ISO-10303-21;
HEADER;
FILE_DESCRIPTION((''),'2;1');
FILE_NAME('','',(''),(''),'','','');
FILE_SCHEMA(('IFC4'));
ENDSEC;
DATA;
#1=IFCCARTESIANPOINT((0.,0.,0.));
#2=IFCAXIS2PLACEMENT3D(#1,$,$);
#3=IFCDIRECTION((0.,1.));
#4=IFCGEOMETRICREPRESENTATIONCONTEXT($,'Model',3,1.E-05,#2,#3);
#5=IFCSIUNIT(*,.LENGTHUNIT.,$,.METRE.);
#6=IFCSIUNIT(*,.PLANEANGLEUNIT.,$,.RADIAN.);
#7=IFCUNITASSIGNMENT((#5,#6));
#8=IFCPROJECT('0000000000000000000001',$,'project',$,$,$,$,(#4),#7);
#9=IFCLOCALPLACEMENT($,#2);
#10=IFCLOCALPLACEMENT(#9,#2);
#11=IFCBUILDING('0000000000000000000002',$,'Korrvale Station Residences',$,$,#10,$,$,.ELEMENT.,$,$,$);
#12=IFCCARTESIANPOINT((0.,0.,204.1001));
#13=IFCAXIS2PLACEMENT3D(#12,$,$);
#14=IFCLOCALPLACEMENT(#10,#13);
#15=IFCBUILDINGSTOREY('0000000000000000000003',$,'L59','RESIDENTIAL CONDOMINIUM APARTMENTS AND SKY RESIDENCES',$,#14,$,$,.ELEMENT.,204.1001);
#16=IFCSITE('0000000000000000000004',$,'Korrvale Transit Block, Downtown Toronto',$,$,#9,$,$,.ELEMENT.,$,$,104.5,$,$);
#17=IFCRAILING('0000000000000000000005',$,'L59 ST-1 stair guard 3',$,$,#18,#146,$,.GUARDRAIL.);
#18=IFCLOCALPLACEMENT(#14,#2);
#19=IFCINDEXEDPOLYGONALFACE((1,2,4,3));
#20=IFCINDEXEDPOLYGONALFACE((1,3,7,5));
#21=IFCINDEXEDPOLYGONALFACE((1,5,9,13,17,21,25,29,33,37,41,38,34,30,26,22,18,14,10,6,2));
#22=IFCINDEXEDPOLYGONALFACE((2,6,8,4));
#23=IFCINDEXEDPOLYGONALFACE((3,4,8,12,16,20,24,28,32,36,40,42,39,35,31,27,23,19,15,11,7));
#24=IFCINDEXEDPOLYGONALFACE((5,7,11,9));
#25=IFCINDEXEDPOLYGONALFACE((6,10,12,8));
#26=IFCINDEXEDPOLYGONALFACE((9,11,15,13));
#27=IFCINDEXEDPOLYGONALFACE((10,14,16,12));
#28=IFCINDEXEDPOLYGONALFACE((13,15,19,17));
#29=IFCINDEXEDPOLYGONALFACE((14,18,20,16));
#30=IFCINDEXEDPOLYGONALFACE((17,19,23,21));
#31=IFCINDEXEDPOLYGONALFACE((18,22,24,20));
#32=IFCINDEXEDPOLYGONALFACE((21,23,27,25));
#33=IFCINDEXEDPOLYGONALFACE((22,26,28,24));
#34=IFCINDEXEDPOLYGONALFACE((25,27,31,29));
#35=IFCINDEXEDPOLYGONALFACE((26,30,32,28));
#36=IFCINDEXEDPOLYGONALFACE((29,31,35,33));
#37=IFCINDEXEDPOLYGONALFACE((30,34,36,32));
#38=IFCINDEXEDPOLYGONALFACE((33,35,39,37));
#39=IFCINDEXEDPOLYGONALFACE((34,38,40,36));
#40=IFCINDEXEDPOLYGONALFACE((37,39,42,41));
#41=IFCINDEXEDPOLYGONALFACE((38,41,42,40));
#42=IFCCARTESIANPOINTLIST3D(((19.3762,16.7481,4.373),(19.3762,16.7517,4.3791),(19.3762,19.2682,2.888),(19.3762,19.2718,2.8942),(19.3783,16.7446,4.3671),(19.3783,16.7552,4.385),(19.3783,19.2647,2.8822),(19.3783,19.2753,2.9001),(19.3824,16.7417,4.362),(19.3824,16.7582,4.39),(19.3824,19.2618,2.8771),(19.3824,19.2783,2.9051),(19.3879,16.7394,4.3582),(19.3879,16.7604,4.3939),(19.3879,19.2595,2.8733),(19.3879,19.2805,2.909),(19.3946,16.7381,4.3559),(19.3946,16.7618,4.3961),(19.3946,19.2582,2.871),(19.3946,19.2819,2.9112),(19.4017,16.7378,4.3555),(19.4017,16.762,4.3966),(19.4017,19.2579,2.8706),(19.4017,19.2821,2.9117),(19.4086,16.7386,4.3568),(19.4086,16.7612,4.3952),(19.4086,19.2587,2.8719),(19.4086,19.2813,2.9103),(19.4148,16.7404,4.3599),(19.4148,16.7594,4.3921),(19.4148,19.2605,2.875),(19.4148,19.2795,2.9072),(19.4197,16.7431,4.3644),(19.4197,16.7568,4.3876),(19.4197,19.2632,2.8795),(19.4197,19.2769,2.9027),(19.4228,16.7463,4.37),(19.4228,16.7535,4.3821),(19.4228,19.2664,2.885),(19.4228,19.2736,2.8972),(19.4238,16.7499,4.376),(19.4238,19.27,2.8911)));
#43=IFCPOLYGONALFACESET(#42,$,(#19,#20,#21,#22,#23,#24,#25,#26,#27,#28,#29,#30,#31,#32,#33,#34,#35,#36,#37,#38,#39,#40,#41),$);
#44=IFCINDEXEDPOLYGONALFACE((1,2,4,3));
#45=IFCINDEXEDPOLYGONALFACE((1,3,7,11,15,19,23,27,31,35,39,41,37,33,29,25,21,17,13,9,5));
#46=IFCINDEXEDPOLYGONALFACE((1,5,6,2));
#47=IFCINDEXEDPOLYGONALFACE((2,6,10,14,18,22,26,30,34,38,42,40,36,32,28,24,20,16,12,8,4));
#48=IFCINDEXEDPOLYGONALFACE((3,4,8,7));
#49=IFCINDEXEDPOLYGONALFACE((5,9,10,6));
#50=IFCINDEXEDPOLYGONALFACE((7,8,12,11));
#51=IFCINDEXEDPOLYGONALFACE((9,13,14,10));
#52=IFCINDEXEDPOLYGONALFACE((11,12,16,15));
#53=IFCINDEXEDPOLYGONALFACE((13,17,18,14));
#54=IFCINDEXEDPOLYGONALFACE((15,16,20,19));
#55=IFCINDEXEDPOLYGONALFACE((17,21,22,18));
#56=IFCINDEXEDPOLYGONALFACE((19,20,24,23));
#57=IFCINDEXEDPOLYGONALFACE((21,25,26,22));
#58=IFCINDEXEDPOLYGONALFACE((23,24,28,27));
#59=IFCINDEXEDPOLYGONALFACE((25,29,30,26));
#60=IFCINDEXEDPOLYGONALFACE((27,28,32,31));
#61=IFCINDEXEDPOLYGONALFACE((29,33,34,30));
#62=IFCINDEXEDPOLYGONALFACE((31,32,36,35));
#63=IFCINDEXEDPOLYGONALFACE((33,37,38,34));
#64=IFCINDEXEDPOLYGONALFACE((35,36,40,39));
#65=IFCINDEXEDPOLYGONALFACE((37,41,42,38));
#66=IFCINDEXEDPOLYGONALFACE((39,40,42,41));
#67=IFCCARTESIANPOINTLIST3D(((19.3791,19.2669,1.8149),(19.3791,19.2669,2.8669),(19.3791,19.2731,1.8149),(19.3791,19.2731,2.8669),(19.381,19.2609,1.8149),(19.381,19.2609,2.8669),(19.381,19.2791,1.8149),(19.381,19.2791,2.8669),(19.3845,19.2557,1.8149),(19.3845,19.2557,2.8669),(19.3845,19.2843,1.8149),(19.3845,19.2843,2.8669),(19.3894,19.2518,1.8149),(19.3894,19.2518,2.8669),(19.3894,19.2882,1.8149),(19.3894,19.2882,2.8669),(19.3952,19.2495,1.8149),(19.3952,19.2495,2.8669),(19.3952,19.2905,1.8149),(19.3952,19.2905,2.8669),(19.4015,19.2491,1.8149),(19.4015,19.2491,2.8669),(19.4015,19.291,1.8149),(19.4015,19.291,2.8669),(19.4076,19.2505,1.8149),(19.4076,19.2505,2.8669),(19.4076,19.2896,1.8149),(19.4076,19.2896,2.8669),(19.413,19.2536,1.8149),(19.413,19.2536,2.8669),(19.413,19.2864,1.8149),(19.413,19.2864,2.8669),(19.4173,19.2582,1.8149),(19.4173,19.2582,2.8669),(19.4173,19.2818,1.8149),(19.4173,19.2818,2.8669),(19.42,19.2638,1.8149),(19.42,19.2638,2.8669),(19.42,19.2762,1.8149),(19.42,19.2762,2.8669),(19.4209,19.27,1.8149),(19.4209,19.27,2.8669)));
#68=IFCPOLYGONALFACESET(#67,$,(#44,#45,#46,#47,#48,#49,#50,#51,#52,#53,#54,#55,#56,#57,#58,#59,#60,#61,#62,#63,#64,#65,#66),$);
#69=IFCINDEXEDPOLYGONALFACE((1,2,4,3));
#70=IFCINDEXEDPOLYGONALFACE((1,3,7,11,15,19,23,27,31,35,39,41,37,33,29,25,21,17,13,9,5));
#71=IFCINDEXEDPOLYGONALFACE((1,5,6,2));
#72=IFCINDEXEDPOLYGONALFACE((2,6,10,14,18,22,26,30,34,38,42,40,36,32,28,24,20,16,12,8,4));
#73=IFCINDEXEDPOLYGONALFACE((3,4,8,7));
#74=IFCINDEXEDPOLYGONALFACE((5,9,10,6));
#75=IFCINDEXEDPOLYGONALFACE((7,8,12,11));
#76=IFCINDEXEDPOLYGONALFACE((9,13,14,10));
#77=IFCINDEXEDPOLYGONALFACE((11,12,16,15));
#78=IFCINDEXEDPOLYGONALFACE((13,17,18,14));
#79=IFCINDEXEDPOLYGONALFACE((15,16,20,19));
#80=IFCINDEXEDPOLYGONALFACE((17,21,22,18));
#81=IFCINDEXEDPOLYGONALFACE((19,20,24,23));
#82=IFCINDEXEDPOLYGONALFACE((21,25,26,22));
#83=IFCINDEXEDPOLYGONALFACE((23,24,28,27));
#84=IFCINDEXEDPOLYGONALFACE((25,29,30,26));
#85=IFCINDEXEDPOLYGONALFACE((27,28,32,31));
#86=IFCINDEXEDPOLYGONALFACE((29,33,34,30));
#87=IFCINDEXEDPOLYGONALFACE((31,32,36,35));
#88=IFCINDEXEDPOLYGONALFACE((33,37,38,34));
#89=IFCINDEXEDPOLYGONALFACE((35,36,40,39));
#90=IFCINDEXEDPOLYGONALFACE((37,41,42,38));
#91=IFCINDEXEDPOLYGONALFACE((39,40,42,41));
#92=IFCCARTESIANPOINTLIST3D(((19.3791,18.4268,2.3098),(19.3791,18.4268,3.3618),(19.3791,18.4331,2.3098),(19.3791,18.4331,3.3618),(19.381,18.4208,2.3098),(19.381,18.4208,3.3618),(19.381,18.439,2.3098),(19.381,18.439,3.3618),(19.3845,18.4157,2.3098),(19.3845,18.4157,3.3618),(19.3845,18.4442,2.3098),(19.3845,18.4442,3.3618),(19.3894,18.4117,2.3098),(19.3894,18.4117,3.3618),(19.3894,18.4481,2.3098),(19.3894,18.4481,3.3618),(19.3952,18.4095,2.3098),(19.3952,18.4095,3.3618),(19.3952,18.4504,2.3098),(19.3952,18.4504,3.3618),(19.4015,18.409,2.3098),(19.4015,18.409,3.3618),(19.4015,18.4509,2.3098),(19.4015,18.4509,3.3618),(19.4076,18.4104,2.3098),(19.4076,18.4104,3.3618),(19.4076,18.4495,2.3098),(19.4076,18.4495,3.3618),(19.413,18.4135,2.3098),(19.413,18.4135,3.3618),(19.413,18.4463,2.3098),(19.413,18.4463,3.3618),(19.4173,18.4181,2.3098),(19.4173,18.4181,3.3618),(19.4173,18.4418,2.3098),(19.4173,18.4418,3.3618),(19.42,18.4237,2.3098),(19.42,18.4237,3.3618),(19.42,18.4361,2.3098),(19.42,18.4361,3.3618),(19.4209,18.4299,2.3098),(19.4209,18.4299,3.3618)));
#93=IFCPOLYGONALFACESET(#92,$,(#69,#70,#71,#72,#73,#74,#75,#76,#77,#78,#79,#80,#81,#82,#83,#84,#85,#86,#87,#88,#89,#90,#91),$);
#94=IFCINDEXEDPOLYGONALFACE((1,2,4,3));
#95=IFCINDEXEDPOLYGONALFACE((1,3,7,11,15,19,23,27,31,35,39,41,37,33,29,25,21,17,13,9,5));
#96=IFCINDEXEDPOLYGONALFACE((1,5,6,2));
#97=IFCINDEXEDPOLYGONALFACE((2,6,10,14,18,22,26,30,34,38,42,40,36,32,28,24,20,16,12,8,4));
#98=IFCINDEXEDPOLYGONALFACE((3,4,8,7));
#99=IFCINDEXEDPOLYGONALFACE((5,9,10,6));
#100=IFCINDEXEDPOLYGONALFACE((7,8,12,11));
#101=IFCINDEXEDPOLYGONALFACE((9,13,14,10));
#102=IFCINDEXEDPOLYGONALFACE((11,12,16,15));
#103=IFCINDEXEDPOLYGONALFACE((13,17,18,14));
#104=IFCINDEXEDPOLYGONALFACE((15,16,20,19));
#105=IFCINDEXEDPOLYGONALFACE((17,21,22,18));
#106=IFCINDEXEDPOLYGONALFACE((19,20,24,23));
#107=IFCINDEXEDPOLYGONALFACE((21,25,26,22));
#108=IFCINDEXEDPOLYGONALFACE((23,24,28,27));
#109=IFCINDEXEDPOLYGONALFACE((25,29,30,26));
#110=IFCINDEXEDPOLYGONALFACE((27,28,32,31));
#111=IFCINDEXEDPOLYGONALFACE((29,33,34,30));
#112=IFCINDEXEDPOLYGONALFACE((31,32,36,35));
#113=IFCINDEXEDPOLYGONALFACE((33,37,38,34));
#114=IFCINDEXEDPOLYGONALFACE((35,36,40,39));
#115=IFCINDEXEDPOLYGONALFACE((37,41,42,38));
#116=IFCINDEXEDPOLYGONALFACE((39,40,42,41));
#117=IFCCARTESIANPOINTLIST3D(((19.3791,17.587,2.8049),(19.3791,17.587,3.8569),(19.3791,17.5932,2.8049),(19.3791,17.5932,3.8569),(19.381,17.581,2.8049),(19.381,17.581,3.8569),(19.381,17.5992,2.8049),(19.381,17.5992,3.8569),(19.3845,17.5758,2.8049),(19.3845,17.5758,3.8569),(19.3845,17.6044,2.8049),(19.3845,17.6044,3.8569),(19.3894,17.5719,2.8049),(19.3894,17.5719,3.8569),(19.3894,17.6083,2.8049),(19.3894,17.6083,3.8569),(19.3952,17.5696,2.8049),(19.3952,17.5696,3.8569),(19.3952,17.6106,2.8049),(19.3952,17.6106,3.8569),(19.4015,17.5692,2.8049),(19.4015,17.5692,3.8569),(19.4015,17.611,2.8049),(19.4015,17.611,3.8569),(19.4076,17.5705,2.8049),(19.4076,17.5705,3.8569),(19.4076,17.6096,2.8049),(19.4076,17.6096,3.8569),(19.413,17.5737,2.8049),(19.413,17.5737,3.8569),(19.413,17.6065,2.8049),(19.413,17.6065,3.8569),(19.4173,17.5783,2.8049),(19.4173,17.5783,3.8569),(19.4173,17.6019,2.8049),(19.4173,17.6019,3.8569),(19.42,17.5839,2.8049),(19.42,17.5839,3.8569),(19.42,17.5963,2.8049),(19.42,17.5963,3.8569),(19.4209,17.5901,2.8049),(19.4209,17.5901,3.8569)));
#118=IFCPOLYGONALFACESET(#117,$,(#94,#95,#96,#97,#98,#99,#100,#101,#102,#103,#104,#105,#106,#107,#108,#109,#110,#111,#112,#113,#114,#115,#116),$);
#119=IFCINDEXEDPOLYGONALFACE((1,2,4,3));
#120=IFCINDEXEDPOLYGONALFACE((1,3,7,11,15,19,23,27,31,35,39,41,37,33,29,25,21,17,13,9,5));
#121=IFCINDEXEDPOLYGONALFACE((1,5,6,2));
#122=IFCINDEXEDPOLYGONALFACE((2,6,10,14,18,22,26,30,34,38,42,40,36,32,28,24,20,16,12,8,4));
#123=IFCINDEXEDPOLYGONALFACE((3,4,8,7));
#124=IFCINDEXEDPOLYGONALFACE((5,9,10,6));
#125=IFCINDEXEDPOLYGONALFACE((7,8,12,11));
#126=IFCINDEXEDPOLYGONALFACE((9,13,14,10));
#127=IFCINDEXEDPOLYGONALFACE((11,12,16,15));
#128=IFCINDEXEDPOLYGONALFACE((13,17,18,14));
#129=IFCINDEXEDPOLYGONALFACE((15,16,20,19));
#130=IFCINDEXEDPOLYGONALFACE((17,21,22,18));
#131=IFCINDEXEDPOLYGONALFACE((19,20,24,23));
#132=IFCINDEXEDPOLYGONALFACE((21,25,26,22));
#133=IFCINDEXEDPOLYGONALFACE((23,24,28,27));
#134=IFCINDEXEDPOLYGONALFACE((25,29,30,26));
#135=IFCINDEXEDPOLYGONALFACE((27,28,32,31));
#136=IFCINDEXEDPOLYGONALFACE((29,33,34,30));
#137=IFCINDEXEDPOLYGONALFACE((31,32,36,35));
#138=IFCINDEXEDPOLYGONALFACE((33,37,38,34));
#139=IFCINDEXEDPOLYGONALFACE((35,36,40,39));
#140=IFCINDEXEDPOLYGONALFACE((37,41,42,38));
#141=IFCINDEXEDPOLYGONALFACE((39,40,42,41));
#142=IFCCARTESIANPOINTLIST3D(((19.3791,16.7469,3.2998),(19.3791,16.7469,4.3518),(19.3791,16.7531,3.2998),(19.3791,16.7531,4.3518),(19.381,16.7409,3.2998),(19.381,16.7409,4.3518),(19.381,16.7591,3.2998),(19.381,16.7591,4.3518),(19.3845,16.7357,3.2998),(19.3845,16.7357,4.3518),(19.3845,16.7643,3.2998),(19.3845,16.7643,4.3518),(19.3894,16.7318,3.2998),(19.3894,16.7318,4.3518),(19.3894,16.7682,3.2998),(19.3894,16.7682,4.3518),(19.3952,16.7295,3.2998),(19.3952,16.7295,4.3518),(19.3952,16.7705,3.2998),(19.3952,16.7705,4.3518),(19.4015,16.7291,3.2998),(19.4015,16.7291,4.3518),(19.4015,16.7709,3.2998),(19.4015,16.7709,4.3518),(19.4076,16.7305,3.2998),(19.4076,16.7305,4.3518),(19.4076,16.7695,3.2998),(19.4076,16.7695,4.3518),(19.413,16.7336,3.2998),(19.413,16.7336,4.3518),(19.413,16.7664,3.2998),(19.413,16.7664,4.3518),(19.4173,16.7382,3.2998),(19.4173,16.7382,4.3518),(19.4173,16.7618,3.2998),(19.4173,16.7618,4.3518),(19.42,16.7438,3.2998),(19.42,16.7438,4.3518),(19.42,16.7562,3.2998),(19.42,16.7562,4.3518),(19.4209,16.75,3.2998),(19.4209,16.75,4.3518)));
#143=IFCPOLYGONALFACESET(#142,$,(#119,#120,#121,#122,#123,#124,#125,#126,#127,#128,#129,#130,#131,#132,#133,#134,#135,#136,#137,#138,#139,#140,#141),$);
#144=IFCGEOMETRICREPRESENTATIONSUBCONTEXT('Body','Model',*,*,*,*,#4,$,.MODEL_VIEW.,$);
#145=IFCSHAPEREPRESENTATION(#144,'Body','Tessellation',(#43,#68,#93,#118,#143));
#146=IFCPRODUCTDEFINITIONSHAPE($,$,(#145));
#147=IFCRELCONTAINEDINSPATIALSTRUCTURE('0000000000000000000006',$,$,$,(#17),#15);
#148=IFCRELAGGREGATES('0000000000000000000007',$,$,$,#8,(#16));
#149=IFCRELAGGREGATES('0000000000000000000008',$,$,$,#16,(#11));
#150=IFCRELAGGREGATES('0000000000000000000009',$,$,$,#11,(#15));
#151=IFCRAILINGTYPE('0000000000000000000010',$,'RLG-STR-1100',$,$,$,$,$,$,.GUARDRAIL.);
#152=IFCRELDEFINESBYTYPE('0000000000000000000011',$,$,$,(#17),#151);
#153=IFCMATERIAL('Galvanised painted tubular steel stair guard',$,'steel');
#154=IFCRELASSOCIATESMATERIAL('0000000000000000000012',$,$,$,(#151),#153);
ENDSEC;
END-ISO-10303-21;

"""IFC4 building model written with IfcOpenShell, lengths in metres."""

from ifc_helpers import new_model, si_unit, direction, frame, origin, origin_2d, place, context, subcontext, project, spatial, circle, extrude, material, type_object, element, save


model = new_model("IFC4")

# Units and contexts
model_context = context("Model", 3, precision=1e-05, world=origin(), true_north=direction((0.0, 1.0)))
body_context = subcontext(model_context, "Body", "Model", "MODEL_VIEW")
ifc_project = project(units=[si_unit("LENGTHUNIT", "METRE"), si_unit("PLANEANGLEUNIT", "RADIAN")], contexts=[model_context])

# Site, building, storey
site_placement = place(None, origin())
site = spatial("IfcSite", under=ifc_project, at=site_placement, Name="Korrvale Transit Block, Downtown Toronto", CompositionType="ELEMENT", RefElevation=104.5)
building_placement = place(site_placement, origin())
building = spatial("IfcBuilding", under=site, at=building_placement, Name="Korrvale Station Residences", CompositionType="ELEMENT")
storey_placement = place(building_placement, frame((0.0, 0.0, 204.1001)))
storey = spatial("IfcBuildingStorey", under=building, at=storey_placement, Name="L59", Description="RESIDENTIAL CONDOMINIUM APARTMENTS AND SKY RESIDENCES", CompositionType="ELEMENT", Elevation=204.1001)

# Railing
ifc_material_1 = material(Name="Galvanised painted tubular steel stair guard", Category="steel")
railing_type_1 = type_object("IfcRailingType", Name="RLG-STR-1100", PredefinedType="GUARDRAIL", material=ifc_material_1)
railing_1_placement = place(storey_placement, frame((19.3999, 19.27, 1.8149)))
element("IfcRailing", 1, at=railing_1_placement, inside=storey, type_object=railing_type_1, Name="L59 ST-1 stair guard 3", PredefinedType="GUARDRAIL", context=body_context, shape_type="SweptSolid", body=[
    extrude(circle(Radius=0.0239, at=origin_2d()), frame((0.0, 0.0, 1.0762), z_axis=(0.0, -0.861561, 0.507655), x_axis=(1.0, 0.0, 0.0)), (0.0, 0.0, 1.0), 2.925),
    extrude(circle(Radius=0.021, at=origin_2d()), origin(), (0.0, 0.0, 1.0), 1.052),
    extrude(circle(Radius=0.021, at=origin_2d()), frame((0.0, -0.8401, 0.4949)), (0.0, 0.0, 1.0), 1.052),
    extrude(circle(Radius=0.021, at=origin_2d()), frame((0.0, -1.6799, 0.99)), (0.0, 0.0, 1.0), 1.052),
    extrude(circle(Radius=0.021, at=origin_2d()), frame((0.0, -2.52, 1.4849)), (0.0, 0.0, 1.0), 1.052),
])

save(model, "model.ifc")
